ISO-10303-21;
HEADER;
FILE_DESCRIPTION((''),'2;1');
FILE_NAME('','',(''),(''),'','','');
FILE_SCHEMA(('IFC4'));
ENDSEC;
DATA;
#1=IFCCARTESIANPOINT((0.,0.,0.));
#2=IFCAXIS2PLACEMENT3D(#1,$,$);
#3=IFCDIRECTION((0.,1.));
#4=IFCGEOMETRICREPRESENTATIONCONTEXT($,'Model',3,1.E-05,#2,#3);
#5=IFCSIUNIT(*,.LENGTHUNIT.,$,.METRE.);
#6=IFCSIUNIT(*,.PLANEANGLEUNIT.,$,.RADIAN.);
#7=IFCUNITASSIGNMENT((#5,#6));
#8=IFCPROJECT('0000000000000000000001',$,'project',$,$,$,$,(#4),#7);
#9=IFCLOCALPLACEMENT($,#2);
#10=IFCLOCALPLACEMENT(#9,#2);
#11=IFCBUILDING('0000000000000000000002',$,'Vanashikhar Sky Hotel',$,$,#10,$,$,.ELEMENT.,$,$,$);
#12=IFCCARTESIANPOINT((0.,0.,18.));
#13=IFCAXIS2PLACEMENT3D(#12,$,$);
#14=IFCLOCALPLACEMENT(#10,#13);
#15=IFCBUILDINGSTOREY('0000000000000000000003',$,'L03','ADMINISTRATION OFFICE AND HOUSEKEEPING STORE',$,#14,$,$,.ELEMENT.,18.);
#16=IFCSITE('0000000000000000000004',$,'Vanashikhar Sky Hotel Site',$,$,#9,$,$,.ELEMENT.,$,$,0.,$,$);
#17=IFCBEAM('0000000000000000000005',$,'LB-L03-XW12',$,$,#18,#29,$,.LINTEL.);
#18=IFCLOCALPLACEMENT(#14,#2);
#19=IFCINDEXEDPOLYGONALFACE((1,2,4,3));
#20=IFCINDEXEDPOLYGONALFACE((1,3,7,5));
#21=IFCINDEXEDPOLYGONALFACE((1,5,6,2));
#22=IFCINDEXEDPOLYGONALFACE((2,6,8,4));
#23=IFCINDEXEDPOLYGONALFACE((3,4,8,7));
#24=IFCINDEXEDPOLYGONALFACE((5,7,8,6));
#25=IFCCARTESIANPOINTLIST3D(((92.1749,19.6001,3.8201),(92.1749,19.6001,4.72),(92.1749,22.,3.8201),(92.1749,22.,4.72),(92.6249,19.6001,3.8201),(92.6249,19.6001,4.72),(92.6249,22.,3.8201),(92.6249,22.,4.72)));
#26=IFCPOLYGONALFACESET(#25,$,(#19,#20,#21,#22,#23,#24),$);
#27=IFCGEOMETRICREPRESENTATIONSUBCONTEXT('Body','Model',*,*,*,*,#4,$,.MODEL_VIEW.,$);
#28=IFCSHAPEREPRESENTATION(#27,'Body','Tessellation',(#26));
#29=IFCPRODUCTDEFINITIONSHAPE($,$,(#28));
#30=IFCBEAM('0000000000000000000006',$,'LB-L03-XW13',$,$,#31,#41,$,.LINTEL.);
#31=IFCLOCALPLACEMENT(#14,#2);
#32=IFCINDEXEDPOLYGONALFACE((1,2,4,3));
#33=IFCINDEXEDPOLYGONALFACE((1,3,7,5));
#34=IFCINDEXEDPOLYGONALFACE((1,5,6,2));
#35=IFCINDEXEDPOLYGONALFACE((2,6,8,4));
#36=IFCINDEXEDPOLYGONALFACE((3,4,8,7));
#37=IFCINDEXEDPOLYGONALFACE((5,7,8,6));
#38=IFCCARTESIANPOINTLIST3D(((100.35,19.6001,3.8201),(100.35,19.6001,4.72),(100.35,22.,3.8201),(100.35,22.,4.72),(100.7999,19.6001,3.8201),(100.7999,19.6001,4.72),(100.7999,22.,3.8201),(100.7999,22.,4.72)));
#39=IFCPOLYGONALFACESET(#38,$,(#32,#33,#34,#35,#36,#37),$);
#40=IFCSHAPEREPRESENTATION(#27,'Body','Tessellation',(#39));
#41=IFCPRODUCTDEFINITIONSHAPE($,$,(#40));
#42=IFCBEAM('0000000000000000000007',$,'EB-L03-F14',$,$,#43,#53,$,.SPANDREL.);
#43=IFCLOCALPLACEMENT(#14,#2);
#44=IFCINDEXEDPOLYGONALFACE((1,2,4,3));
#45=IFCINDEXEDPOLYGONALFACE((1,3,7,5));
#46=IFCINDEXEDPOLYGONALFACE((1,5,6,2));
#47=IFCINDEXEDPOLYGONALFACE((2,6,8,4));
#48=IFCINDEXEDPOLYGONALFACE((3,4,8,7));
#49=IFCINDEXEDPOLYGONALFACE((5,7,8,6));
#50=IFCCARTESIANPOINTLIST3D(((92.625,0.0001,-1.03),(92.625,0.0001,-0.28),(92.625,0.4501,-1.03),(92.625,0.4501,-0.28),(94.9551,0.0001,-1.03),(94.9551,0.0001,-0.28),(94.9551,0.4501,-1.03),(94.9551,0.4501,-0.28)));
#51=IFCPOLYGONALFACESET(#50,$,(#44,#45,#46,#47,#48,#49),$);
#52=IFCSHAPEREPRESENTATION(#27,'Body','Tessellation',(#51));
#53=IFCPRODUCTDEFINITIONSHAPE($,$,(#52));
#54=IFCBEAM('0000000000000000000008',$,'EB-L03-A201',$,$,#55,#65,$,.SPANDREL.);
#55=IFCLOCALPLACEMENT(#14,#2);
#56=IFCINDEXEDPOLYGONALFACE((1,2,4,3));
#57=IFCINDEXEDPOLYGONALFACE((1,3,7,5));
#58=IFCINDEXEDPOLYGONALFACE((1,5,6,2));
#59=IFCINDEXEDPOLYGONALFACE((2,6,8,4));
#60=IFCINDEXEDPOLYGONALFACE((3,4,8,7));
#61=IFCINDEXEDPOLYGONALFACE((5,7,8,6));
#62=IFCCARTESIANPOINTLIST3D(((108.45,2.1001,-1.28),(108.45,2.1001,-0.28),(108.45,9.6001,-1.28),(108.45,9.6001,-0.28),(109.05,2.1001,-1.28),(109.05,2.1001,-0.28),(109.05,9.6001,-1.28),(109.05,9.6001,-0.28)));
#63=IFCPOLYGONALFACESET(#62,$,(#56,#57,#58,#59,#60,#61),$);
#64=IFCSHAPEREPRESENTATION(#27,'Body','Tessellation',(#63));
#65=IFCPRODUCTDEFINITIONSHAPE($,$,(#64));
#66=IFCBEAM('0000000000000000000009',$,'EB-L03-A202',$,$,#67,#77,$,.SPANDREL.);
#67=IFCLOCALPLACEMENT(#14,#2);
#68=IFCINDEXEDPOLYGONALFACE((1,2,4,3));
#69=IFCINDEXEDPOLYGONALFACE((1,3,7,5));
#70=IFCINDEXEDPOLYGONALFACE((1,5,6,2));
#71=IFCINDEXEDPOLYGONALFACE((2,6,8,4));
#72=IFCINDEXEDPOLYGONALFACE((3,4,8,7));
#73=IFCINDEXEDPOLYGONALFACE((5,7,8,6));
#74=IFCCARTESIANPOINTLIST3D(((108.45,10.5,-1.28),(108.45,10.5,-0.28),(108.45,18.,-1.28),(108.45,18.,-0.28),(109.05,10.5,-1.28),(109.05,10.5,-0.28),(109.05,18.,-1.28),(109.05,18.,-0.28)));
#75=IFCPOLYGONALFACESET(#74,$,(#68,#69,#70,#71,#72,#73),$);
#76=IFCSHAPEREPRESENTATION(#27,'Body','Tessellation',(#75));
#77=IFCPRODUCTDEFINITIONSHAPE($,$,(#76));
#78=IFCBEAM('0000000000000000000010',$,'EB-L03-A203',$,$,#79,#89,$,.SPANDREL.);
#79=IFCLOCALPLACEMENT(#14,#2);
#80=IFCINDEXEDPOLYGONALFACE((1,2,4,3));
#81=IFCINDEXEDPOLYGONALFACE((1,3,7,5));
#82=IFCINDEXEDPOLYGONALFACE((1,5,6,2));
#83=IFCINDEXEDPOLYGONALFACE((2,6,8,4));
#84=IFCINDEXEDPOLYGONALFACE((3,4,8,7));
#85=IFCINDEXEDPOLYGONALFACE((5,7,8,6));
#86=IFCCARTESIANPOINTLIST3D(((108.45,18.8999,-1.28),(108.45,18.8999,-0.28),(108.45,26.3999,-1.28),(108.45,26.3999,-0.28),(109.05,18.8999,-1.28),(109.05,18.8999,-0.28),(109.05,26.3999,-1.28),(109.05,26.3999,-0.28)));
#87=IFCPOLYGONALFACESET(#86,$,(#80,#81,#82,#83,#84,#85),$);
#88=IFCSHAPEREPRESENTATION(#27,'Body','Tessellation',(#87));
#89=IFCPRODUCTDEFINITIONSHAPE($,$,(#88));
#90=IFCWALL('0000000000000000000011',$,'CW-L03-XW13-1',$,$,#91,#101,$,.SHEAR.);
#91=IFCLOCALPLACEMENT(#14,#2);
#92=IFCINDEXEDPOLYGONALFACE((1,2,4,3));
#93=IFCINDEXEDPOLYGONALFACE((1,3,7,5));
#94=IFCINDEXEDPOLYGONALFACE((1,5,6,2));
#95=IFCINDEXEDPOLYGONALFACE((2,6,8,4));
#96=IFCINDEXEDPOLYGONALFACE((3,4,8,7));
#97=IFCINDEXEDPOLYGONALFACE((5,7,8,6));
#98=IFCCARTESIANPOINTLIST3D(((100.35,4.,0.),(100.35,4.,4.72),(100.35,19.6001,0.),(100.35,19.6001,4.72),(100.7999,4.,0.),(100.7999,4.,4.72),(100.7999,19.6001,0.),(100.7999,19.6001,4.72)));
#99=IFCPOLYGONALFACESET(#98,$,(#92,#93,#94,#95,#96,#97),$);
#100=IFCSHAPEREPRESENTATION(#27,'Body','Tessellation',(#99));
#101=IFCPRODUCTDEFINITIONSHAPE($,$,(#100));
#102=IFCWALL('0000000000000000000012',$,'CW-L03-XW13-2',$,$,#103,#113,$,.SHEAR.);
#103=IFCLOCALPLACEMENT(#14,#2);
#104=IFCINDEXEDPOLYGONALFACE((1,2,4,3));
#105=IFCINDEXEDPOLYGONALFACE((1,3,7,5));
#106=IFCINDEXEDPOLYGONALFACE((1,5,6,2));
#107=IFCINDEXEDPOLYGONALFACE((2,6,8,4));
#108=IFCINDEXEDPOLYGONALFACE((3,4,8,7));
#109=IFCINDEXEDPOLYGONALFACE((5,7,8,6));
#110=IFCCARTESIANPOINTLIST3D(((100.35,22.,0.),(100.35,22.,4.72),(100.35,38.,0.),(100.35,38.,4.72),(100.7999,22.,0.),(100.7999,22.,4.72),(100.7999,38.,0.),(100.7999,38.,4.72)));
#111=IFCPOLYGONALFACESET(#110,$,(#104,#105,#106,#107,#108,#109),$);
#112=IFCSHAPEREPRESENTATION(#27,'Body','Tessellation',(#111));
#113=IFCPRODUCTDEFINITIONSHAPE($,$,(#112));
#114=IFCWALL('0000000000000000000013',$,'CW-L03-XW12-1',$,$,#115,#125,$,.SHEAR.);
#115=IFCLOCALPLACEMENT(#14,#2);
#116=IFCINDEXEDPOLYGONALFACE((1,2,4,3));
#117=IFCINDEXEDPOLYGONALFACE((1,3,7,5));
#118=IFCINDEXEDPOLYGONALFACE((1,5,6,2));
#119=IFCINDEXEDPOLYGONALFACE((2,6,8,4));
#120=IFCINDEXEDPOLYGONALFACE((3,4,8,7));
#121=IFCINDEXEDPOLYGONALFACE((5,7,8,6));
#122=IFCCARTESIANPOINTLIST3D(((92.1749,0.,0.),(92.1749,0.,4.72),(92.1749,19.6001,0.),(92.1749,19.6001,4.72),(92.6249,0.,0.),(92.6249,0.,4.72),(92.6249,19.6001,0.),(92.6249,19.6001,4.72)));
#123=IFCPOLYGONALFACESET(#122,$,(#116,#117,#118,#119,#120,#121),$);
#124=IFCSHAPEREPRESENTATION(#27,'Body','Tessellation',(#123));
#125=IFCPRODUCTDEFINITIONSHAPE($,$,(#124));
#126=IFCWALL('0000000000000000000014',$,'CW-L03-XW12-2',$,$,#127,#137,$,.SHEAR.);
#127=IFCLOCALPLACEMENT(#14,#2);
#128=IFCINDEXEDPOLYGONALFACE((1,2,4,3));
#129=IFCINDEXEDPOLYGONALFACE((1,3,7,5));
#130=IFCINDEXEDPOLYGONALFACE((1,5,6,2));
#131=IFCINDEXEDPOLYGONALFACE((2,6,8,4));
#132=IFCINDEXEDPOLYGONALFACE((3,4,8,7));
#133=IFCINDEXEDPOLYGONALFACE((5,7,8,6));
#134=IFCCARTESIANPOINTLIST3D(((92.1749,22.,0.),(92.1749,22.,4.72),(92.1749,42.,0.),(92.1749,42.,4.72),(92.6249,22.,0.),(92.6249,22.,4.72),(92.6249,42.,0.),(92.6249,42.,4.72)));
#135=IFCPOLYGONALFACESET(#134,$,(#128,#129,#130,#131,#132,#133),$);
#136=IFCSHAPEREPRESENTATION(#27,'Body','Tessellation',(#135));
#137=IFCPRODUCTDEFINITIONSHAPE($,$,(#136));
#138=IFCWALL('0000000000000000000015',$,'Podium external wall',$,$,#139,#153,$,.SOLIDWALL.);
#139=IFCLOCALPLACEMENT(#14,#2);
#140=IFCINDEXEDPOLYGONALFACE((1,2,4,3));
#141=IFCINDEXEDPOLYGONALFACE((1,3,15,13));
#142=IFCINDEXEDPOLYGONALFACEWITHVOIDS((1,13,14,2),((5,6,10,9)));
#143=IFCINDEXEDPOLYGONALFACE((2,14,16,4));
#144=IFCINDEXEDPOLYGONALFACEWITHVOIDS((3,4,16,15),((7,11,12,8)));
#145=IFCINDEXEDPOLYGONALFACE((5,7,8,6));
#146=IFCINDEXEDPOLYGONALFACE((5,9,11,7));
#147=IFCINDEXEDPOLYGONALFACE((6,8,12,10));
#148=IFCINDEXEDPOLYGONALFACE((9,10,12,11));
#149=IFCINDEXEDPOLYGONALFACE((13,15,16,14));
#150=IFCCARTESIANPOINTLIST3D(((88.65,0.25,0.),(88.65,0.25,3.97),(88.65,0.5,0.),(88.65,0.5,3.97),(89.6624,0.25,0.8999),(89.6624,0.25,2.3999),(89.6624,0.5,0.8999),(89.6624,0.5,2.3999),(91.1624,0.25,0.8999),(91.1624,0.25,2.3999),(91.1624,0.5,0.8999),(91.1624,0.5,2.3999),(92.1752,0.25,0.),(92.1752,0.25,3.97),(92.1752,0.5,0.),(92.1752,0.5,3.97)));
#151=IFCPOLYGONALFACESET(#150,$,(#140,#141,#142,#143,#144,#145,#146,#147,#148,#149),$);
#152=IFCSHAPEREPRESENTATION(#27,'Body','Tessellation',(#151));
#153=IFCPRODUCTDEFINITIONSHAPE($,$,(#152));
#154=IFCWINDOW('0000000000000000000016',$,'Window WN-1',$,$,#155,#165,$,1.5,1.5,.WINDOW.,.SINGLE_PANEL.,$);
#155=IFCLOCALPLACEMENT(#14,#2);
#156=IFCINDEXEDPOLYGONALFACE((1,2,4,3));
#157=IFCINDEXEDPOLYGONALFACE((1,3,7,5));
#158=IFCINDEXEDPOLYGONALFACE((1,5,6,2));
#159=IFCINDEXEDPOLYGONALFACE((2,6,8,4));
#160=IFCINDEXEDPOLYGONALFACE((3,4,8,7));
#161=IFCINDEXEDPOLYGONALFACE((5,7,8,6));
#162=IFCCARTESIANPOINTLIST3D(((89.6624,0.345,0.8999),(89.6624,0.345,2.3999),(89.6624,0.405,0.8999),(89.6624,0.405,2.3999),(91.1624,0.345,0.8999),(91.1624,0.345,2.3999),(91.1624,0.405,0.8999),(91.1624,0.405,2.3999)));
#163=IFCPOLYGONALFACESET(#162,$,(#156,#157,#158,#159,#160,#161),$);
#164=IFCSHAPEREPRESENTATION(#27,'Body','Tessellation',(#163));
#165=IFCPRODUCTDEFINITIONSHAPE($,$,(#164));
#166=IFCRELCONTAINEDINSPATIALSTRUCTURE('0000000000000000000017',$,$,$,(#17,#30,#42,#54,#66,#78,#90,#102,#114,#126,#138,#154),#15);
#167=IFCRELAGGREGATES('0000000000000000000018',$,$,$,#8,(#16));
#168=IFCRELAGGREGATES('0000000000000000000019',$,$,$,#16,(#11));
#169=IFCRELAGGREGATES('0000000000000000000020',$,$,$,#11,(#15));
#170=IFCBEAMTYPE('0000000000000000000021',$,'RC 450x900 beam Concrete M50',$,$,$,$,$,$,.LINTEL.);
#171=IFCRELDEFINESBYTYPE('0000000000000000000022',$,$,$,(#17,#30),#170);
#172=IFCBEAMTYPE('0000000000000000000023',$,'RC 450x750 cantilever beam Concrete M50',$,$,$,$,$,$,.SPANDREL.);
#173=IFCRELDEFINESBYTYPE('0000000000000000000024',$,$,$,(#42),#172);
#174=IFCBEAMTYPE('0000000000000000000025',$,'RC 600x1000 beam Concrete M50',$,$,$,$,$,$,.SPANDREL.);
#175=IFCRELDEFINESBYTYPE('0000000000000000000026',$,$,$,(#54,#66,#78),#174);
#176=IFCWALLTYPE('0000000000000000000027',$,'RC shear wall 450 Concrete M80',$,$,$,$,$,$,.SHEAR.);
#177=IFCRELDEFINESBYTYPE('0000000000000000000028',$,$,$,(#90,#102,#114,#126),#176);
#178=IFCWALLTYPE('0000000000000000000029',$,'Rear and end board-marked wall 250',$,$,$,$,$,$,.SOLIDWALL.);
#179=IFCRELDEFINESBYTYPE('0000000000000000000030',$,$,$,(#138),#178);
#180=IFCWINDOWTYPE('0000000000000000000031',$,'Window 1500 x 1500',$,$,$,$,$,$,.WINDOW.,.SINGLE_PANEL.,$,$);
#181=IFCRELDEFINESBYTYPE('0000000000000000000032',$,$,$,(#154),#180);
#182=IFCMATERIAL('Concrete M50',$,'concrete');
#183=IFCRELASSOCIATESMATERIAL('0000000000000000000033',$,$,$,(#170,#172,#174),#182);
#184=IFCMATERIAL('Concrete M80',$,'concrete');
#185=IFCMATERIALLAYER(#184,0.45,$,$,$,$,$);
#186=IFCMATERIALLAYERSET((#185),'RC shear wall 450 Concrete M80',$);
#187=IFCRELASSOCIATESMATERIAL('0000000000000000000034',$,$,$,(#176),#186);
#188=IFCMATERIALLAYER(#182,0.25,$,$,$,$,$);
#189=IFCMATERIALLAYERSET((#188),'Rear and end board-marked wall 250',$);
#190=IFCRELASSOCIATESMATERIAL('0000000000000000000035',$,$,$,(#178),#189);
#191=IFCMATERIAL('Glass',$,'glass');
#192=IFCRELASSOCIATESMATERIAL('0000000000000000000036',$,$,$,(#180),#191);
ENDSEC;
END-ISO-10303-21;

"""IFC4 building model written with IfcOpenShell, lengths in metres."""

from ifc_helpers import new_model, si_unit, direction, frame, frame_2d, origin, origin_2d, place, context, subcontext, project, spatial, rectangle, extrude, source, transform, mapped, material, layer, layer_set, material_profile, profile_set, type_object, element, fill, save


model = new_model("IFC4")

# Units and contexts
model_context = context("Model", 3, precision=1e-05, world=origin(), true_north=direction((0.0, 1.0)))
body_context = subcontext(model_context, "Body", "Model", "MODEL_VIEW")
ifc_project = project(units=[si_unit("LENGTHUNIT", "METRE"), si_unit("PLANEANGLEUNIT", "RADIAN")], contexts=[model_context])

# Site, building, storey
site_placement = place(None, origin())
site = spatial("IfcSite", under=ifc_project, at=site_placement, Name="Vanashikhar Sky Hotel Site", CompositionType="ELEMENT", RefElevation=0.0)
building_placement = place(site_placement, origin())
building = spatial("IfcBuilding", under=site, at=building_placement, Name="Vanashikhar Sky Hotel", CompositionType="ELEMENT")
storey_placement = place(building_placement, frame((0.0, 0.0, 18.0)))
storey = spatial("IfcBuildingStorey", under=building, at=storey_placement, Name="L03", Description="ADMINISTRATION OFFICE AND HOUSEKEEPING STORE", CompositionType="ELEMENT", Elevation=18.0)

# Beams
ifc_material_1 = material(Name="Concrete M50", Category="concrete")
ifc_material_profile_1 = material_profile(ifc_material_1, rectangle(XDim=0.45, YDim=0.8999, at=origin_2d()))
ifc_profile_set_1 = profile_set([ifc_material_profile_1], Name="RC 450x900 beam Concrete M50")
beam_type_1 = type_object("IfcBeamType", Name="RC 450x900 beam Concrete M50", PredefinedType="LINTEL", material=ifc_profile_set_1)
shared_shape_1 = source(origin(), body_context, "Body", "SweptSolid", [
    extrude(rectangle(XDim=0.45, YDim=0.8999, at=origin_2d()), origin(), (0.0, 0.0, 1.0), 2.3999),
])
for number, where, z_axis, x_axis, name in (
    (1, (92.3999, 19.6001, 4.27), (0.0, 1.0, 0.0), (-1.0, 0.0, 0.0), "LB-L03-XW12"),
    (2, (100.575, 19.6001, 4.27), (0.0, 1.0, 0.0), (-1.0, 0.0, 0.0), "LB-L03-XW13"),
):
    element("IfcBeam", number, at=place(storey_placement, frame(where, z_axis=z_axis, x_axis=x_axis)), inside=storey, type_object=beam_type_1, Name=name, PredefinedType="LINTEL", context=body_context, shape_type="MappedRepresentation", body=[
        mapped(shared_shape_1, transform((0.0, 0.0, 0.0), scale=1.0)),
    ])
ifc_material_profile_2 = material_profile(ifc_material_1, rectangle(XDim=0.45, YDim=0.75, at=origin_2d()))
ifc_profile_set_2 = profile_set([ifc_material_profile_2], Name="RC 450x750 cantilever beam Concrete M50")
beam_type_2 = type_object("IfcBeamType", Name="RC 450x750 cantilever beam Concrete M50", PredefinedType="SPANDREL", material=ifc_profile_set_2)
shared_shape_2 = source(origin(), body_context, "Body", "SweptSolid", [
    extrude(rectangle(XDim=0.45, YDim=0.75, at=origin_2d()), origin(), (0.0, 0.0, 1.0), 2.3301),
])
beam_placement = place(storey_placement, frame((92.625, 0.2251, -0.655), z_axis=(1.0, 0.0, 0.0), x_axis=(0.0, 1.0, 0.0)))
element("IfcBeam", 3, at=beam_placement, inside=storey, type_object=beam_type_2, Name="EB-L03-F14", PredefinedType="SPANDREL", context=body_context, shape_type="MappedRepresentation", body=[
    mapped(shared_shape_2, transform((0.0, 0.0, 0.0), scale=1.0)),
])
ifc_material_profile_3 = material_profile(ifc_material_1, rectangle(XDim=0.6001, YDim=1.0, at=origin_2d()))
ifc_profile_set_3 = profile_set([ifc_material_profile_3], Name="RC 600x1000 beam Concrete M50")
beam_type_3 = type_object("IfcBeamType", Name="RC 600x1000 beam Concrete M50", PredefinedType="SPANDREL", material=ifc_profile_set_3)
shared_shape_3 = source(origin(), body_context, "Body", "SweptSolid", [
    extrude(rectangle(XDim=0.6001, YDim=1.0, at=origin_2d()), origin(), (0.0, 0.0, 1.0), 7.5),
])
for number, where, z_axis, x_axis, name in (
    (4, (108.75, 2.1001, -0.78), (0.0, 1.0, 0.0), (-1.0, 0.0, 0.0), "EB-L03-A201"),
    (5, (108.75, 10.5, -0.78), (0.0, 1.0, 0.0), (-1.0, 0.0, 0.0), "EB-L03-A202"),
    (6, (108.75, 18.8999, -0.78), (0.0, 1.0, 0.0), (-1.0, 0.0, 0.0), "EB-L03-A203"),
):
    element("IfcBeam", number, at=place(storey_placement, frame(where, z_axis=z_axis, x_axis=x_axis)), inside=storey, type_object=beam_type_3, Name=name, PredefinedType="SPANDREL", context=body_context, shape_type="MappedRepresentation", body=[
        mapped(shared_shape_3, transform((0.0, 0.0, 0.0), scale=1.0)),
    ])

# Walls
ifc_material_2 = material(Name="Concrete M80", Category="concrete")
ifc_layer_1 = layer(ifc_material_2, 0.45)
ifc_layer_set_1 = layer_set([ifc_layer_1], Name="RC shear wall 450 Concrete M80")
wall_type_1 = type_object("IfcWallType", Name="RC shear wall 450 Concrete M80", PredefinedType="SHEAR", material=ifc_layer_set_1)
shared_shape_4 = source(origin(), body_context, "Body", "SweptSolid", [
    extrude(rectangle(XDim=15.6001, YDim=0.45, at=frame_2d((7.8, 0.0))), origin(), (0.0, 0.0, 1.0), 4.72),
])
wall_1_placement = place(storey_placement, frame((100.575, 4.0, 0.0), z_axis=(0.0, 0.0, 1.0), x_axis=(0.0, 1.0, 0.0)))
element("IfcWall", 7, at=wall_1_placement, inside=storey, type_object=wall_type_1, Name="CW-L03-XW13-1", PredefinedType="SHEAR", context=body_context, shape_type="MappedRepresentation", body=[
    mapped(shared_shape_4, transform((0.0, 0.0, 0.0), scale=1.0)),
])
shared_shape_5 = source(origin(), body_context, "Body", "SweptSolid", [
    extrude(rectangle(XDim=16.0, YDim=0.45, at=frame_2d((8.0, 0.0))), origin(), (0.0, 0.0, 1.0), 4.72),
])
wall_2_placement = place(storey_placement, frame((100.575, 22.0, 0.0), z_axis=(0.0, 0.0, 1.0), x_axis=(0.0, 1.0, 0.0)))
element("IfcWall", 8, at=wall_2_placement, inside=storey, type_object=wall_type_1, Name="CW-L03-XW13-2", PredefinedType="SHEAR", context=body_context, shape_type="MappedRepresentation", body=[
    mapped(shared_shape_5, transform((0.0, 0.0, 0.0), scale=1.0)),
])
shared_shape_6 = source(origin(), body_context, "Body", "SweptSolid", [
    extrude(rectangle(XDim=19.6001, YDim=0.45, at=frame_2d((9.8, 0.0))), origin(), (0.0, 0.0, 1.0), 4.72),
])
wall_3_placement = place(storey_placement, frame((92.3999, 0.0, 0.0), z_axis=(0.0, 0.0, 1.0), x_axis=(0.0, 1.0, 0.0)))
element("IfcWall", 9, at=wall_3_placement, inside=storey, type_object=wall_type_1, Name="CW-L03-XW12-1", PredefinedType="SHEAR", context=body_context, shape_type="MappedRepresentation", body=[
    mapped(shared_shape_6, transform((0.0, 0.0, 0.0), scale=1.0)),
])
shared_shape_7 = source(origin(), body_context, "Body", "SweptSolid", [
    extrude(rectangle(XDim=20.0, YDim=0.45, at=frame_2d((10.0, 0.0))), origin(), (0.0, 0.0, 1.0), 4.72),
])
wall_4_placement = place(storey_placement, frame((92.3999, 22.0, 0.0), z_axis=(0.0, 0.0, 1.0), x_axis=(0.0, 1.0, 0.0)))
element("IfcWall", 10, at=wall_4_placement, inside=storey, type_object=wall_type_1, Name="CW-L03-XW12-2", PredefinedType="SHEAR", context=body_context, shape_type="MappedRepresentation", body=[
    mapped(shared_shape_7, transform((0.0, 0.0, 0.0), scale=1.0)),
])

# Wall, opening, window
ifc_layer_2 = layer(ifc_material_1, 0.25)
ifc_layer_set_2 = layer_set([ifc_layer_2], Name="Rear and end board-marked wall 250")
wall_type_2 = type_object("IfcWallType", Name="Rear and end board-marked wall 250", PredefinedType="SOLIDWALL", material=ifc_layer_set_2)
shared_shape_8 = source(origin(), body_context, "Body", "SweptSolid", [
    extrude(rectangle(XDim=3.5251, YDim=0.25, at=frame_2d((1.7627, 0.0))), origin(), (0.0, 0.0, 1.0), 3.97),
])
wall_5_placement = place(storey_placement, frame((88.6499, 0.375, 0.0), z_axis=(0.0, 0.0, 1.0), x_axis=(1.0, 0.0, 0.0)))
wall_5 = element("IfcWall", 11, at=wall_5_placement, inside=storey, type_object=wall_type_2, Name="Podium external wall", PredefinedType="SOLIDWALL", context=body_context, shape_type="MappedRepresentation", body=[
    mapped(shared_shape_8, transform((0.0, 0.0, 0.0), scale=1.0)),
])
shared_shape_9 = source(origin(), body_context, "Body", "SweptSolid", [
    extrude(rectangle(XDim=1.5, YDim=1.5, at=frame_2d((0.75, 0.75))), frame((0.0, 0.135, 0.0), z_axis=(0.0, -1.0, 0.0), x_axis=(1.0, 0.0, 0.0)), (0.0, 0.0, 1.0), 0.27),
])
opening_1_placement = place(wall_5_placement, frame((1.0125, 0.0, 0.8999)))
opening_1 = element("IfcOpeningElement", 12, at=opening_1_placement, cuts=wall_5, PredefinedType="OPENING", context=body_context, shape_type="MappedRepresentation", body=[
    mapped(shared_shape_9, transform((0.0, 0.0, 0.0), scale=1.0)),
])
ifc_material_3 = material(Name="Glass", Category="glass")
window_type = type_object("IfcWindowType", Name="Window 1500 x 1500", PartitioningType="SINGLE_PANEL", PredefinedType="WINDOW", material=ifc_material_3)
shared_shape_10 = source(origin(), body_context, "Body", "SweptSolid", [
    extrude(rectangle(XDim=1.5, YDim=1.5, at=frame_2d((0.75, 0.75))), frame((0.0, 0.03, 0.0), z_axis=(0.0, -1.0, 0.0), x_axis=(1.0, 0.0, 0.0)), (0.0, 0.0, 1.0), 0.0601),
])
window_1_placement = place(opening_1_placement, origin())
window_1 = element("IfcWindow", 13, at=window_1_placement, inside=storey, type_object=window_type, Name="Window WN-1", OverallHeight=1.5, OverallWidth=1.5, PartitioningType="SINGLE_PANEL", PredefinedType="WINDOW", context=body_context, shape_type="MappedRepresentation", body=[
    mapped(shared_shape_10, transform((0.0, 0.0, 0.0), scale=1.0)),
])
fill(opening_1, window_1)

save(model, "model.ifc")
